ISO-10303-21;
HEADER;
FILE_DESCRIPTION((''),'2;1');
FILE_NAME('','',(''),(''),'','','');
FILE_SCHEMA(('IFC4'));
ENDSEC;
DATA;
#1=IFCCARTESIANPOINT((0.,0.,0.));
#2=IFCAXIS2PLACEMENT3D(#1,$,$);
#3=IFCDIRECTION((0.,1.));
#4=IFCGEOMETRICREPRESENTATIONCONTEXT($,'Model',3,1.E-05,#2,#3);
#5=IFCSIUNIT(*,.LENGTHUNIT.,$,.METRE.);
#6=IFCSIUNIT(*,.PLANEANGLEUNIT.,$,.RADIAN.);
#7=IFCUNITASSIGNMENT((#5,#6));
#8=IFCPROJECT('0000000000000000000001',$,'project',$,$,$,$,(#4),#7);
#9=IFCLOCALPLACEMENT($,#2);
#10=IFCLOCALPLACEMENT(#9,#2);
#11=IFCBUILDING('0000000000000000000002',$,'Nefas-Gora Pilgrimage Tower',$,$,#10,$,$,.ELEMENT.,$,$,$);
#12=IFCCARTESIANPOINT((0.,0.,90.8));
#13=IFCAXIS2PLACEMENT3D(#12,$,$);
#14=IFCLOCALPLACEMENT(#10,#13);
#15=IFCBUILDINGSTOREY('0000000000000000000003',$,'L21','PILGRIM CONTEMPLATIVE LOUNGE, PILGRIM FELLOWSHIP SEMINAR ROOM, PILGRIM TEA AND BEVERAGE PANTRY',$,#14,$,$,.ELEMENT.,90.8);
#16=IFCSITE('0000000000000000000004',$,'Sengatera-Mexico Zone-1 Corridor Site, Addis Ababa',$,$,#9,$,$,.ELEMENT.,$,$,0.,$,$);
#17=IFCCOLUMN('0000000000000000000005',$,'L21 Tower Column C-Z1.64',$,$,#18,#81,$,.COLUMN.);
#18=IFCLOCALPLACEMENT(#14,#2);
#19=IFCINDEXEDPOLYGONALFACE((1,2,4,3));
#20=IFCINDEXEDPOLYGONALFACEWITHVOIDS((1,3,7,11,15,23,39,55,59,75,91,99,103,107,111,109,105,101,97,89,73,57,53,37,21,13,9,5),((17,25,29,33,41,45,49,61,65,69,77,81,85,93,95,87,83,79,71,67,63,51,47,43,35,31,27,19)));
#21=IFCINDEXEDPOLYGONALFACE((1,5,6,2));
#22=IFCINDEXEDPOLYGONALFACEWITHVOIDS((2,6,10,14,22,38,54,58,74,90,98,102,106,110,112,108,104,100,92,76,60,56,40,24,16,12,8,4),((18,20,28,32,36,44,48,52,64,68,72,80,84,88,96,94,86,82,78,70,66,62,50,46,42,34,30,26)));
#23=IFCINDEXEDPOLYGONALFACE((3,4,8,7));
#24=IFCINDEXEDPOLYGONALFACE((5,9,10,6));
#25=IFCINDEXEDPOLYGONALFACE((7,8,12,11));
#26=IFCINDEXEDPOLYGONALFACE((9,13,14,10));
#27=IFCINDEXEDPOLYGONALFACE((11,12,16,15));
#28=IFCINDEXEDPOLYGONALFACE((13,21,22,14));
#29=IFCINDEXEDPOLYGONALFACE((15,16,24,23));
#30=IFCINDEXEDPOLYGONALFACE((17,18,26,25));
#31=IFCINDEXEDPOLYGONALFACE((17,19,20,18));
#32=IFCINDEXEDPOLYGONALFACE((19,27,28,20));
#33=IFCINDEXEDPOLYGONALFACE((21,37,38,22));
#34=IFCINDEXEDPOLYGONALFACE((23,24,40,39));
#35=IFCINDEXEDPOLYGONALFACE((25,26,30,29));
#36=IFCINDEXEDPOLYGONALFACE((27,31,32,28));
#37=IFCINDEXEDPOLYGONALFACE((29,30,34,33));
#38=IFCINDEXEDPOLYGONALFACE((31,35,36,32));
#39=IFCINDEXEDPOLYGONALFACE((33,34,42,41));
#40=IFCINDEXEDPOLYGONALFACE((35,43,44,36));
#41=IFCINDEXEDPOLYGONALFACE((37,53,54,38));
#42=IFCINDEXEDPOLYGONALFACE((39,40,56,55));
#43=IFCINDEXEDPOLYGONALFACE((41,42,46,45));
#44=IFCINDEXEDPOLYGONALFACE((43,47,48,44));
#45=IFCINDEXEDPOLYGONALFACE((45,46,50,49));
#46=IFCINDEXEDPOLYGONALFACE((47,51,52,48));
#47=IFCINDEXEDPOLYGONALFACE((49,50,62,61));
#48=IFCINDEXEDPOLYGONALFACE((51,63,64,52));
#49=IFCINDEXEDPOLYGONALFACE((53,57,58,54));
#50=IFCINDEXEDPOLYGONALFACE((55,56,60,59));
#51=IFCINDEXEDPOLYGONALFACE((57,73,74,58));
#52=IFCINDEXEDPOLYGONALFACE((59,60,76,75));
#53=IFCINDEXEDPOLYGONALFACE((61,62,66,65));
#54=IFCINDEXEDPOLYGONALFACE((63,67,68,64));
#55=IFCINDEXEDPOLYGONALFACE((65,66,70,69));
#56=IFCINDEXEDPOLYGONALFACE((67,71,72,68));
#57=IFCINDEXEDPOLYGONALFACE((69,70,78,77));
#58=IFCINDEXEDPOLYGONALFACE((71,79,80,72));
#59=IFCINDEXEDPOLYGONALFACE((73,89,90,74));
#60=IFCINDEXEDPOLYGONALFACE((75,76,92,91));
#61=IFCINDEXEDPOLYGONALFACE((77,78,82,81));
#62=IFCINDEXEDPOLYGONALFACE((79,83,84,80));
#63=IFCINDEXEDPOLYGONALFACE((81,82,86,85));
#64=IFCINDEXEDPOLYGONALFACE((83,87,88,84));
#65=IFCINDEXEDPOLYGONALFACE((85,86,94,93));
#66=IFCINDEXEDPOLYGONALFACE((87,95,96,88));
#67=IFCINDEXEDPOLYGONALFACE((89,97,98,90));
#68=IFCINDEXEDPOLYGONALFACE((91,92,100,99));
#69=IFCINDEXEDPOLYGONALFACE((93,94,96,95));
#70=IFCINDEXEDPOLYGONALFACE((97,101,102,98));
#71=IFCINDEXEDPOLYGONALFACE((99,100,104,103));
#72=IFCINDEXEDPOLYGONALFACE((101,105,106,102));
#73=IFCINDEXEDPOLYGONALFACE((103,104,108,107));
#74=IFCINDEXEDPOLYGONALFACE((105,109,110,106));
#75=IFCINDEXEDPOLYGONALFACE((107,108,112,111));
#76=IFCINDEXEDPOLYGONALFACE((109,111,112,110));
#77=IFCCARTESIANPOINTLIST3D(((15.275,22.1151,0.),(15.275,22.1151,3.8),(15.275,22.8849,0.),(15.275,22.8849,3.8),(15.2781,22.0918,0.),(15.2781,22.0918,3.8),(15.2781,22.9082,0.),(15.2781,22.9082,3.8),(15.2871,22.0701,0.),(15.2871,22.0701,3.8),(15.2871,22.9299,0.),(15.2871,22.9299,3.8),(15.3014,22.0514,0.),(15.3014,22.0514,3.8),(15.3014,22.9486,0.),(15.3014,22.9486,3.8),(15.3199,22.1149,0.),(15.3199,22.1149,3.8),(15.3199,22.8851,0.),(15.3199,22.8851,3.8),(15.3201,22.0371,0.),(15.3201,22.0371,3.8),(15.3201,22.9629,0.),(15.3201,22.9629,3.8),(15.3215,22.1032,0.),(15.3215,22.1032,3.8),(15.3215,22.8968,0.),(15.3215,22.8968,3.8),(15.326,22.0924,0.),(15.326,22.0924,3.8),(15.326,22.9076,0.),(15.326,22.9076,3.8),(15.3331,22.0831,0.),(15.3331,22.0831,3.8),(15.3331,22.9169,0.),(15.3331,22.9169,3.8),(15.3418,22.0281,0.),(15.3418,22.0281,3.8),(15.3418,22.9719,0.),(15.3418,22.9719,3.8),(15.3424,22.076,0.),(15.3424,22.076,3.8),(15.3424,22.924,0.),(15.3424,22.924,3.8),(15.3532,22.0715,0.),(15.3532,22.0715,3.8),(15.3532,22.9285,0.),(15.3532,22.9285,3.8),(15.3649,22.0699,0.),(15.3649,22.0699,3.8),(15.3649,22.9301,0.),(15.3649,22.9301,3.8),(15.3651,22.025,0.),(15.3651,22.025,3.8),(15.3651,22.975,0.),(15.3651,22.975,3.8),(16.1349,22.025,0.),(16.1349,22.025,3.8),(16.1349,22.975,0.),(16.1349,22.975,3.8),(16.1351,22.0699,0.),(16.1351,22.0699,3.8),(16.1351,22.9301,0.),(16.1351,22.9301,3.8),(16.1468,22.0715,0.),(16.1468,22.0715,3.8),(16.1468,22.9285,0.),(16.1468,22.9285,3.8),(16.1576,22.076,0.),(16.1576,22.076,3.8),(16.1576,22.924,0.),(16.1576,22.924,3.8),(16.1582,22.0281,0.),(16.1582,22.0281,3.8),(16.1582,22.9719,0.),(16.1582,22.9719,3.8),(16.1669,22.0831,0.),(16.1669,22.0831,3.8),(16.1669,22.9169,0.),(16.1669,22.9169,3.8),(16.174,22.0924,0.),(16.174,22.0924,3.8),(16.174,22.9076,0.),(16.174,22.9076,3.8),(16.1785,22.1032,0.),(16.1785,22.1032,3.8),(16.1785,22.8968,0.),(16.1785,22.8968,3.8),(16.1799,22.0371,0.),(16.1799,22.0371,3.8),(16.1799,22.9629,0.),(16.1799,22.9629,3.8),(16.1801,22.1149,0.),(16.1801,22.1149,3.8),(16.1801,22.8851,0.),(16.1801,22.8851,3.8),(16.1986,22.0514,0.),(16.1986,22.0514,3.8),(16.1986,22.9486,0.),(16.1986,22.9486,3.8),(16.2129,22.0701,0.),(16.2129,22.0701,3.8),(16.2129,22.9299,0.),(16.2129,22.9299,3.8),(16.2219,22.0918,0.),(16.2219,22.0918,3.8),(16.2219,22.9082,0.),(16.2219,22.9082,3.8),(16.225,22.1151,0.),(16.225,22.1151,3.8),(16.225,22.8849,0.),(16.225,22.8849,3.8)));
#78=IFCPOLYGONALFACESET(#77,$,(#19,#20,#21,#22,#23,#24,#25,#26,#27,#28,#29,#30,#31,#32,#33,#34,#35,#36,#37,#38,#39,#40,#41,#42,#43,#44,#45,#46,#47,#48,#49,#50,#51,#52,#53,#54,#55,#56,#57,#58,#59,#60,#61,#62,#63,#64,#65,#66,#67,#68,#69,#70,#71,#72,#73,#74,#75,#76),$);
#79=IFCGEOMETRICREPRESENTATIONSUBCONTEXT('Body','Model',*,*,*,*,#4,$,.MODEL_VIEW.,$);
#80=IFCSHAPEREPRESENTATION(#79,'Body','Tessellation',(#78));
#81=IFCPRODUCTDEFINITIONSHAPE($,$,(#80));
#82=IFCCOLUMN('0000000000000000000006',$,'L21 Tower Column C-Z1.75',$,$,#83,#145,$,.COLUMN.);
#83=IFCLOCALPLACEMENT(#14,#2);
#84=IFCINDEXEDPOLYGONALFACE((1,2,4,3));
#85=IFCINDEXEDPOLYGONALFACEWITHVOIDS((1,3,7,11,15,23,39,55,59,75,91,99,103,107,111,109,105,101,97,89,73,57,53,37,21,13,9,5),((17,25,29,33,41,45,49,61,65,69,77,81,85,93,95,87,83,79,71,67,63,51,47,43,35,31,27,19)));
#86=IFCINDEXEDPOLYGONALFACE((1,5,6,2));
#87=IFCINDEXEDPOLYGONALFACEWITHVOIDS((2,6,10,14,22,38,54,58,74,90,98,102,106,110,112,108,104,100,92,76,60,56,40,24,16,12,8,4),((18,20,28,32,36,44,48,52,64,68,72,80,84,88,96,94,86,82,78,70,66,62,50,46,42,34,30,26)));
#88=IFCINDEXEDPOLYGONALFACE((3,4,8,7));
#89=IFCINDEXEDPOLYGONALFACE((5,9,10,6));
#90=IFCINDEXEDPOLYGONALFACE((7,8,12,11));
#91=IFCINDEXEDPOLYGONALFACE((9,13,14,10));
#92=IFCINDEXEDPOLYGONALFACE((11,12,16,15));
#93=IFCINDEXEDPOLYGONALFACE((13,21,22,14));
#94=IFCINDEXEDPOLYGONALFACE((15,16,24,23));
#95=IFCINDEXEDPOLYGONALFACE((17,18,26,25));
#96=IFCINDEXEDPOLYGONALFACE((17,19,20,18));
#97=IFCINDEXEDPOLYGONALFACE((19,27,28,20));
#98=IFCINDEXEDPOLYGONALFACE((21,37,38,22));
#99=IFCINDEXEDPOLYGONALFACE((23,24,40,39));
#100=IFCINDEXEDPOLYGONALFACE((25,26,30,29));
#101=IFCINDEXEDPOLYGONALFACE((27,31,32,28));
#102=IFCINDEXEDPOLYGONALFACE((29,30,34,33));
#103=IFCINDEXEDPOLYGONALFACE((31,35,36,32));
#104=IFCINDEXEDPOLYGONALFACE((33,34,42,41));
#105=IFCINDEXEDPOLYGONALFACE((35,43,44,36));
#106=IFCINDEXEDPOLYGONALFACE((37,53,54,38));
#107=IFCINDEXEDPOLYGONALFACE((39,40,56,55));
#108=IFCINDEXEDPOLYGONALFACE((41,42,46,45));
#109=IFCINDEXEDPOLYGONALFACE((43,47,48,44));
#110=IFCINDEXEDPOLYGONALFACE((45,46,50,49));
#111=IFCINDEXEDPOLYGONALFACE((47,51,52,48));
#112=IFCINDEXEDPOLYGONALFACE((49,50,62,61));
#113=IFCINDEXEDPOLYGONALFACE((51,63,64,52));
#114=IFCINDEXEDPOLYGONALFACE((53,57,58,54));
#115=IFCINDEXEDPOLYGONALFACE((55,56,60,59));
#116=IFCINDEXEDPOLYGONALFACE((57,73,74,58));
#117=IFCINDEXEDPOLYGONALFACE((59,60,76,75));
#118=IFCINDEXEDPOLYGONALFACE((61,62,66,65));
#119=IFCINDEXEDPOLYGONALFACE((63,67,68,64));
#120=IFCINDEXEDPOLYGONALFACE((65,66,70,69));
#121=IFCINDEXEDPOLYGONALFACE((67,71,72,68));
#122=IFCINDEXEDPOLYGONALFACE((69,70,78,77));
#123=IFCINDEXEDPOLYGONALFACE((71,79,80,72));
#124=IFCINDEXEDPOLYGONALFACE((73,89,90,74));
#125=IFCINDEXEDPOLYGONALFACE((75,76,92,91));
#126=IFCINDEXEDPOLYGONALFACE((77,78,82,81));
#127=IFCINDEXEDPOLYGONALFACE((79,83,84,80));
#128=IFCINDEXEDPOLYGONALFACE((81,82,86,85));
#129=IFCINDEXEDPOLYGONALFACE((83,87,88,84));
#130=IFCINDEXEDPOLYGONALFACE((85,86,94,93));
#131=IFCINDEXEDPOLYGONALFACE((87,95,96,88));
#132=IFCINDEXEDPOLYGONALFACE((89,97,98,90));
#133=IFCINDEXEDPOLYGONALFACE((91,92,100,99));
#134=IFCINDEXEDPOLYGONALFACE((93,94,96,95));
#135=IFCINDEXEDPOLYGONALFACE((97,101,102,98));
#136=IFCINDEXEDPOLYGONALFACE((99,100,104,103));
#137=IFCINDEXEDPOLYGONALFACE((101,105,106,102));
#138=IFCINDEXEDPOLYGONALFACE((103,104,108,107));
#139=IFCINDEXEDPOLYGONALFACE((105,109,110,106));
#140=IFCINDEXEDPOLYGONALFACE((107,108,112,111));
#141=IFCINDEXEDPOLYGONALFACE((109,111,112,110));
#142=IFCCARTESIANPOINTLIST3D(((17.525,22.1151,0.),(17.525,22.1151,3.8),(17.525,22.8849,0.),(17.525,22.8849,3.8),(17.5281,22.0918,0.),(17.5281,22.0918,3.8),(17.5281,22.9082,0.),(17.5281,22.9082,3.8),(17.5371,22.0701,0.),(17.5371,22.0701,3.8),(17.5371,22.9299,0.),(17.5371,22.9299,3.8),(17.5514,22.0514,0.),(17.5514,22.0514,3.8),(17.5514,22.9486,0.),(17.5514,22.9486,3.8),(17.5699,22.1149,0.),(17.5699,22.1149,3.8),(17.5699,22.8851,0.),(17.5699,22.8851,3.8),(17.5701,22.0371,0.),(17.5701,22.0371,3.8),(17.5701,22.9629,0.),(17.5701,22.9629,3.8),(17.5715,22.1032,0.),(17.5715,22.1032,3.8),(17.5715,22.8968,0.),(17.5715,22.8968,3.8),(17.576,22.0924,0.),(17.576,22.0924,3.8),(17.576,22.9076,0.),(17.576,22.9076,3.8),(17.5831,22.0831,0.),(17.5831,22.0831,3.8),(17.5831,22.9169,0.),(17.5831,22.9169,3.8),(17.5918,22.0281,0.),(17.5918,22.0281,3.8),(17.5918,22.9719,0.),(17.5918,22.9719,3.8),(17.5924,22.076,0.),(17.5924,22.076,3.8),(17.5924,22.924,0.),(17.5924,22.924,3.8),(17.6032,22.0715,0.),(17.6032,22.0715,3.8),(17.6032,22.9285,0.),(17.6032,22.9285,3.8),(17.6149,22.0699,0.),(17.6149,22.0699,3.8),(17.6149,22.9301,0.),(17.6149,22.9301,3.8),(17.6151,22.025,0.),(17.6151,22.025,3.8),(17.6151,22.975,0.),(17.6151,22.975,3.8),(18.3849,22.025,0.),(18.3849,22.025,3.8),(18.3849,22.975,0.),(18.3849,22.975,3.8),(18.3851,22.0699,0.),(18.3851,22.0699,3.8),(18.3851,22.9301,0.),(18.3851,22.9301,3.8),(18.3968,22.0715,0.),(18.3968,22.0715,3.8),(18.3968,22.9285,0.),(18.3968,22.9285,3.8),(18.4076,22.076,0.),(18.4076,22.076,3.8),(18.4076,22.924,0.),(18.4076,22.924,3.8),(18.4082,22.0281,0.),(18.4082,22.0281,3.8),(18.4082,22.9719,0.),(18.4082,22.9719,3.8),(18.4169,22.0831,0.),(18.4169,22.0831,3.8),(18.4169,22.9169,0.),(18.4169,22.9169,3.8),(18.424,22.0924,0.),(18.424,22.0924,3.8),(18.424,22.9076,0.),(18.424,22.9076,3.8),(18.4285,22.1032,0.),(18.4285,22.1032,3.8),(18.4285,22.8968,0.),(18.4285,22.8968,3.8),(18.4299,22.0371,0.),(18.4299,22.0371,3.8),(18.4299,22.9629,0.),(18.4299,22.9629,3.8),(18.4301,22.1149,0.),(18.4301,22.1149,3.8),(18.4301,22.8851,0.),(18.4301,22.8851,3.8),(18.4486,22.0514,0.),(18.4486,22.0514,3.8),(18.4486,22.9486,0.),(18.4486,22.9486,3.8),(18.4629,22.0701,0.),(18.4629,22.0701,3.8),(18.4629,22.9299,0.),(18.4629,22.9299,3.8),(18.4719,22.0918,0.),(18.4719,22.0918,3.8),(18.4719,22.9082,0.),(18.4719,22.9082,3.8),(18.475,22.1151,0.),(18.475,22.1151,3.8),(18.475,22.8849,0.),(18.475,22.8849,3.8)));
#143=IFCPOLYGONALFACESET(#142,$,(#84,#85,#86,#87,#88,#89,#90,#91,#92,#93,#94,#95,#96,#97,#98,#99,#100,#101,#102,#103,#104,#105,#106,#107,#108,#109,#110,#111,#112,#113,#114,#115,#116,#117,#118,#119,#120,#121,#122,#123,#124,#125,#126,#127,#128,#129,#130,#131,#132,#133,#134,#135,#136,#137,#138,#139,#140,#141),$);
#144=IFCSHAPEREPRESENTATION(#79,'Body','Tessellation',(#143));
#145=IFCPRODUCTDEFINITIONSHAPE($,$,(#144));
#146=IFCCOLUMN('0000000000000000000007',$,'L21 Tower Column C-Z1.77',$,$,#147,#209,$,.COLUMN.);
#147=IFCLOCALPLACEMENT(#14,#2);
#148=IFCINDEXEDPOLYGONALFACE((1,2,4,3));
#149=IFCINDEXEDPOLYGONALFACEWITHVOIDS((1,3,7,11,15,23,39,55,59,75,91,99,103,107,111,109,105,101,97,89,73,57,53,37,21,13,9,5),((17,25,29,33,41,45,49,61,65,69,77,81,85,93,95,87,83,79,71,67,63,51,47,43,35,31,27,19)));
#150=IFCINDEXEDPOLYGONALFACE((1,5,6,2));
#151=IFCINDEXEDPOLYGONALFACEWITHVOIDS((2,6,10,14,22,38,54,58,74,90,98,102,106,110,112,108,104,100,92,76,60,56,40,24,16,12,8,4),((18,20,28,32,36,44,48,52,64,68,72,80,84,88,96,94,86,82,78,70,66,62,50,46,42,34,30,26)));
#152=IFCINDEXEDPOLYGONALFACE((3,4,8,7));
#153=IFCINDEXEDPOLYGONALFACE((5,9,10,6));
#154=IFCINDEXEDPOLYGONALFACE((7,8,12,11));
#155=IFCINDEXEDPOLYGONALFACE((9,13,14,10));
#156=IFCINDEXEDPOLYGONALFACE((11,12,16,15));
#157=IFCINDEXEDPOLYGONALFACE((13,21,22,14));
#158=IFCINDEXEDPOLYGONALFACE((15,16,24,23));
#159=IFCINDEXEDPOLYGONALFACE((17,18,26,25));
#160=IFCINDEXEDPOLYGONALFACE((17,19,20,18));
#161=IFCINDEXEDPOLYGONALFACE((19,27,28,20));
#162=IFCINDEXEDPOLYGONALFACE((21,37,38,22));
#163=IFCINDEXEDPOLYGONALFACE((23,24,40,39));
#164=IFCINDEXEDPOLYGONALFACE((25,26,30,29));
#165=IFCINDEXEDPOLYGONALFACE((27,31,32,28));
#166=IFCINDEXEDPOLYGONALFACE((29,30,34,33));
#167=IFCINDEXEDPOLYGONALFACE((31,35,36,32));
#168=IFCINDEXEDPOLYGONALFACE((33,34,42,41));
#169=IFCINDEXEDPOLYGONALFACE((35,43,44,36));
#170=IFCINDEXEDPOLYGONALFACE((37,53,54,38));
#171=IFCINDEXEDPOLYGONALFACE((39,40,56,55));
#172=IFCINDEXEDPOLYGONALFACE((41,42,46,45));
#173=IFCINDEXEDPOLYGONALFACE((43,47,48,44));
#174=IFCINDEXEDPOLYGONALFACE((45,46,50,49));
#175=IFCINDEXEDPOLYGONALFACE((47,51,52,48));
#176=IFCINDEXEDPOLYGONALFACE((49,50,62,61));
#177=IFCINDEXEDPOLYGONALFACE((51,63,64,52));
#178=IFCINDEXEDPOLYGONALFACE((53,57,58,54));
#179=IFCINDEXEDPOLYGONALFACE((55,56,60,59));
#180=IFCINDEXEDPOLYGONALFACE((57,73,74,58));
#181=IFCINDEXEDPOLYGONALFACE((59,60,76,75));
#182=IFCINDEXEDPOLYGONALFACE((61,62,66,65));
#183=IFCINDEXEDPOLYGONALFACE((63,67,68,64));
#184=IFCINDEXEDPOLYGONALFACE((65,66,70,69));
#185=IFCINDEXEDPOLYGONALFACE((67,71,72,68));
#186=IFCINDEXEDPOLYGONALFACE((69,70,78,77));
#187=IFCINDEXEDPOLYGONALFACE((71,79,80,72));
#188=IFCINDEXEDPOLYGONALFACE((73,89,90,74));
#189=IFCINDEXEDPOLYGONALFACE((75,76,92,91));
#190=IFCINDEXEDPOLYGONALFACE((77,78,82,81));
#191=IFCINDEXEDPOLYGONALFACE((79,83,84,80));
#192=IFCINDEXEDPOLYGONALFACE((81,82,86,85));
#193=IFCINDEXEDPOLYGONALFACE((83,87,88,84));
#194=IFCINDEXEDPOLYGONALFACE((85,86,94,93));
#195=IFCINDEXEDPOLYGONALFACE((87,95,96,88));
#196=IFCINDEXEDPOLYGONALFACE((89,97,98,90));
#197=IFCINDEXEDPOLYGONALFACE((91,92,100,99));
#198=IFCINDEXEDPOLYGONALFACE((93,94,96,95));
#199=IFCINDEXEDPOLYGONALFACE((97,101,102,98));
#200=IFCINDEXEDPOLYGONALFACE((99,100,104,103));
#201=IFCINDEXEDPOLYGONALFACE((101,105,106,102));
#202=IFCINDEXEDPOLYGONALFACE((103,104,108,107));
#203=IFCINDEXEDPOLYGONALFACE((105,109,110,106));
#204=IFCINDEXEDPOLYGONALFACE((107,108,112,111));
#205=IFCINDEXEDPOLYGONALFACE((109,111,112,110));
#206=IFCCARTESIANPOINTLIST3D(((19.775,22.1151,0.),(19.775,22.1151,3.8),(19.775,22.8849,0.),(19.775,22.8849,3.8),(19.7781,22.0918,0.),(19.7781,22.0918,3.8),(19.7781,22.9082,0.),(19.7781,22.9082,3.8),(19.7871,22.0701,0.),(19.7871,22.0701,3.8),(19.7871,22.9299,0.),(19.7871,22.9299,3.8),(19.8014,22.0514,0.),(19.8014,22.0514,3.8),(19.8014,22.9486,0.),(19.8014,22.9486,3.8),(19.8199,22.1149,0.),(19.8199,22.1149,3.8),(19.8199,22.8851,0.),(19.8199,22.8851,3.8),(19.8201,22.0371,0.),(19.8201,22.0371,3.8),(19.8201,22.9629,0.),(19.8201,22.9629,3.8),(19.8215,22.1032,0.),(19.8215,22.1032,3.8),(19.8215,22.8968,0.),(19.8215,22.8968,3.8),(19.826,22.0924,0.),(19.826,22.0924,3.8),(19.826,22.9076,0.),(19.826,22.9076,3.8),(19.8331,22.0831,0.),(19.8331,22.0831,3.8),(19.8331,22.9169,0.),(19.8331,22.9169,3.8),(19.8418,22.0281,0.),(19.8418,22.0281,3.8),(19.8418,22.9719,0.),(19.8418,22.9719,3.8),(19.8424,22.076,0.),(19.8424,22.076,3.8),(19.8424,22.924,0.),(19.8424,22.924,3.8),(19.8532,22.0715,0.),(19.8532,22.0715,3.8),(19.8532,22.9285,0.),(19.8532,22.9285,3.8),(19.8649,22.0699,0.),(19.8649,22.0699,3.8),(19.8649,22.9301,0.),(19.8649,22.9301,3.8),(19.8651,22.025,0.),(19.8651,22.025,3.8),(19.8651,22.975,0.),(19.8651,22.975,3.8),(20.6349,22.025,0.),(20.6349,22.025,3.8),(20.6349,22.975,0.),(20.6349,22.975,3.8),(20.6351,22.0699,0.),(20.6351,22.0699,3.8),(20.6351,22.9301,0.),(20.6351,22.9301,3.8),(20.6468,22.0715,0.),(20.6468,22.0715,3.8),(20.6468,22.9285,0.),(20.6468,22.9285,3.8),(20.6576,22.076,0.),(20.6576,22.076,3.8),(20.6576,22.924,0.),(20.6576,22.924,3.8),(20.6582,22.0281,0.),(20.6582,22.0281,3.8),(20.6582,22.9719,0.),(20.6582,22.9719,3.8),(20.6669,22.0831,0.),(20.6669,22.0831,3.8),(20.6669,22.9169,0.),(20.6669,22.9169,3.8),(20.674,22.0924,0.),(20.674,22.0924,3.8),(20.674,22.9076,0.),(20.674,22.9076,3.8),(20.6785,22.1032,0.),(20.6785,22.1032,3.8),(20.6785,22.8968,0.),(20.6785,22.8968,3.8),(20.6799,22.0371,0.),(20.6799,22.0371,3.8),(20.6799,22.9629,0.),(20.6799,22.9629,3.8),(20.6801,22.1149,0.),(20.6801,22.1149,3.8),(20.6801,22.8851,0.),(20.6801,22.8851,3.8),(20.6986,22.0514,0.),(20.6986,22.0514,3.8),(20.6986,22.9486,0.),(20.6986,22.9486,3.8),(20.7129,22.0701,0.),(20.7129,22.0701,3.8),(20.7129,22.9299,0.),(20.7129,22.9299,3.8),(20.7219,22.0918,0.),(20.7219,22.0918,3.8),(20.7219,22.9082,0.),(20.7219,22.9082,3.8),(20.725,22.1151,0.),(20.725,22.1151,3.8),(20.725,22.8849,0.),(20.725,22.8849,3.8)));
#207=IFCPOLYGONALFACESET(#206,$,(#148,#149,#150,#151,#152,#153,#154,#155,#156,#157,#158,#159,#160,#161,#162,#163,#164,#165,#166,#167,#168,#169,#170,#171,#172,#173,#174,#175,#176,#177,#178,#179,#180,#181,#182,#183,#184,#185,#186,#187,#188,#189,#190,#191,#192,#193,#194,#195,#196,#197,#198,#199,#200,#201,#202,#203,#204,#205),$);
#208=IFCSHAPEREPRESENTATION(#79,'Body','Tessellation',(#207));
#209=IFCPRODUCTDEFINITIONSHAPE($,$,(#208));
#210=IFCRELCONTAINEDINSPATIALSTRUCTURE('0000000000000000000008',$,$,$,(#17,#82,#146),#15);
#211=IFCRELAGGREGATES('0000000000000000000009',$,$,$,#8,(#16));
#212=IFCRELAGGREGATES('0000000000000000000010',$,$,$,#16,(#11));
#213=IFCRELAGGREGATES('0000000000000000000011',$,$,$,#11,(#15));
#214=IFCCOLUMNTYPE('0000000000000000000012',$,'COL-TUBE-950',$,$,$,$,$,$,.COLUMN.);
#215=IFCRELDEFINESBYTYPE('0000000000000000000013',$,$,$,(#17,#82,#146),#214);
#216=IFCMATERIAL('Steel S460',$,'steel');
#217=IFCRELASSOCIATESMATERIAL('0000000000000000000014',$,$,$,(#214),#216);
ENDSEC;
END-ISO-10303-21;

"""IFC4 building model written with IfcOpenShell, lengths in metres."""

from ifc_helpers import new_model, si_unit, direction, frame, origin, origin_2d, place, context, subcontext, project, spatial, hollow_rectangle, extrude, source, transform, mapped, material, material_profile, profile_set, type_object, element, save


model = new_model("IFC4")

# Units and contexts
model_context = context("Model", 3, precision=1e-05, world=origin(), true_north=direction((0.0, 1.0)))
body_context = subcontext(model_context, "Body", "Model", "MODEL_VIEW")
ifc_project = project(units=[si_unit("LENGTHUNIT", "METRE"), si_unit("PLANEANGLEUNIT", "RADIAN")], contexts=[model_context])

# Site, building, storey
site_placement = place(None, origin())
site = spatial("IfcSite", under=ifc_project, at=site_placement, Name="Sengatera-Mexico Zone-1 Corridor Site, Addis Ababa", CompositionType="ELEMENT", RefElevation=0.0)
building_placement = place(site_placement, origin())
building = spatial("IfcBuilding", under=site, at=building_placement, Name="Nefas-Gora Pilgrimage Tower", CompositionType="ELEMENT")
storey_placement = place(building_placement, frame((0.0, 0.0, 90.8)))
storey = spatial("IfcBuildingStorey", under=building, at=storey_placement, Name="L21", Description="PILGRIM CONTEMPLATIVE LOUNGE, PILGRIM FELLOWSHIP SEMINAR ROOM, PILGRIM TEA AND BEVERAGE PANTRY", CompositionType="ELEMENT", Elevation=90.8)

# Columns
ifc_material_1 = material(Name="Steel S460", Category="steel")
ifc_material_profile_1 = material_profile(ifc_material_1, hollow_rectangle(XDim=0.95, YDim=0.95, WallThickness=0.0449, InnerFilletRadius=0.0449, OuterFilletRadius=0.0901, at=origin_2d()), Name="BOX 950x950x45")
ifc_profile_set_1 = profile_set([ifc_material_profile_1], Name="Steel S460")
column_type_1 = type_object("IfcColumnType", Name="COL-TUBE-950", PredefinedType="COLUMN", material=ifc_profile_set_1)
shared_shape_1 = source(origin(), body_context, "Body", "SweptSolid", [
    extrude(hollow_rectangle(XDim=0.95, YDim=0.95, WallThickness=0.0449, InnerFilletRadius=0.0449, OuterFilletRadius=0.0901, at=origin_2d()), origin(), (0.0, 0.0, 1.0), 3.8),
])
for number, where, z_axis, x_axis, name in (
    (1, (15.75, 22.5, 0.0), (0.0, 0.0, 1.0), (1.0, 0.0, 0.0), "L21 Tower Column C-Z1.64"),
    (2, (18.0, 22.5, 0.0), (0.0, 0.0, 1.0), (1.0, 0.0, 0.0), "L21 Tower Column C-Z1.75"),
    (3, (20.25, 22.5, 0.0), (0.0, 0.0, 1.0), (1.0, 0.0, 0.0), "L21 Tower Column C-Z1.77"),
):
    element("IfcColumn", number, at=place(storey_placement, frame(where, z_axis=z_axis, x_axis=x_axis)), inside=storey, type_object=column_type_1, Name=name, PredefinedType="COLUMN", context=body_context, shape_type="MappedRepresentation", body=[
        mapped(shared_shape_1, transform((0.0, 0.0, 0.0), x_axis=(1.0, 0.0, 0.0), y_axis=(0.0, 1.0, 0.0), z_axis=(0.0, 0.0, 1.0), scale=1.0)),
    ])

save(model, "model.ifc")
